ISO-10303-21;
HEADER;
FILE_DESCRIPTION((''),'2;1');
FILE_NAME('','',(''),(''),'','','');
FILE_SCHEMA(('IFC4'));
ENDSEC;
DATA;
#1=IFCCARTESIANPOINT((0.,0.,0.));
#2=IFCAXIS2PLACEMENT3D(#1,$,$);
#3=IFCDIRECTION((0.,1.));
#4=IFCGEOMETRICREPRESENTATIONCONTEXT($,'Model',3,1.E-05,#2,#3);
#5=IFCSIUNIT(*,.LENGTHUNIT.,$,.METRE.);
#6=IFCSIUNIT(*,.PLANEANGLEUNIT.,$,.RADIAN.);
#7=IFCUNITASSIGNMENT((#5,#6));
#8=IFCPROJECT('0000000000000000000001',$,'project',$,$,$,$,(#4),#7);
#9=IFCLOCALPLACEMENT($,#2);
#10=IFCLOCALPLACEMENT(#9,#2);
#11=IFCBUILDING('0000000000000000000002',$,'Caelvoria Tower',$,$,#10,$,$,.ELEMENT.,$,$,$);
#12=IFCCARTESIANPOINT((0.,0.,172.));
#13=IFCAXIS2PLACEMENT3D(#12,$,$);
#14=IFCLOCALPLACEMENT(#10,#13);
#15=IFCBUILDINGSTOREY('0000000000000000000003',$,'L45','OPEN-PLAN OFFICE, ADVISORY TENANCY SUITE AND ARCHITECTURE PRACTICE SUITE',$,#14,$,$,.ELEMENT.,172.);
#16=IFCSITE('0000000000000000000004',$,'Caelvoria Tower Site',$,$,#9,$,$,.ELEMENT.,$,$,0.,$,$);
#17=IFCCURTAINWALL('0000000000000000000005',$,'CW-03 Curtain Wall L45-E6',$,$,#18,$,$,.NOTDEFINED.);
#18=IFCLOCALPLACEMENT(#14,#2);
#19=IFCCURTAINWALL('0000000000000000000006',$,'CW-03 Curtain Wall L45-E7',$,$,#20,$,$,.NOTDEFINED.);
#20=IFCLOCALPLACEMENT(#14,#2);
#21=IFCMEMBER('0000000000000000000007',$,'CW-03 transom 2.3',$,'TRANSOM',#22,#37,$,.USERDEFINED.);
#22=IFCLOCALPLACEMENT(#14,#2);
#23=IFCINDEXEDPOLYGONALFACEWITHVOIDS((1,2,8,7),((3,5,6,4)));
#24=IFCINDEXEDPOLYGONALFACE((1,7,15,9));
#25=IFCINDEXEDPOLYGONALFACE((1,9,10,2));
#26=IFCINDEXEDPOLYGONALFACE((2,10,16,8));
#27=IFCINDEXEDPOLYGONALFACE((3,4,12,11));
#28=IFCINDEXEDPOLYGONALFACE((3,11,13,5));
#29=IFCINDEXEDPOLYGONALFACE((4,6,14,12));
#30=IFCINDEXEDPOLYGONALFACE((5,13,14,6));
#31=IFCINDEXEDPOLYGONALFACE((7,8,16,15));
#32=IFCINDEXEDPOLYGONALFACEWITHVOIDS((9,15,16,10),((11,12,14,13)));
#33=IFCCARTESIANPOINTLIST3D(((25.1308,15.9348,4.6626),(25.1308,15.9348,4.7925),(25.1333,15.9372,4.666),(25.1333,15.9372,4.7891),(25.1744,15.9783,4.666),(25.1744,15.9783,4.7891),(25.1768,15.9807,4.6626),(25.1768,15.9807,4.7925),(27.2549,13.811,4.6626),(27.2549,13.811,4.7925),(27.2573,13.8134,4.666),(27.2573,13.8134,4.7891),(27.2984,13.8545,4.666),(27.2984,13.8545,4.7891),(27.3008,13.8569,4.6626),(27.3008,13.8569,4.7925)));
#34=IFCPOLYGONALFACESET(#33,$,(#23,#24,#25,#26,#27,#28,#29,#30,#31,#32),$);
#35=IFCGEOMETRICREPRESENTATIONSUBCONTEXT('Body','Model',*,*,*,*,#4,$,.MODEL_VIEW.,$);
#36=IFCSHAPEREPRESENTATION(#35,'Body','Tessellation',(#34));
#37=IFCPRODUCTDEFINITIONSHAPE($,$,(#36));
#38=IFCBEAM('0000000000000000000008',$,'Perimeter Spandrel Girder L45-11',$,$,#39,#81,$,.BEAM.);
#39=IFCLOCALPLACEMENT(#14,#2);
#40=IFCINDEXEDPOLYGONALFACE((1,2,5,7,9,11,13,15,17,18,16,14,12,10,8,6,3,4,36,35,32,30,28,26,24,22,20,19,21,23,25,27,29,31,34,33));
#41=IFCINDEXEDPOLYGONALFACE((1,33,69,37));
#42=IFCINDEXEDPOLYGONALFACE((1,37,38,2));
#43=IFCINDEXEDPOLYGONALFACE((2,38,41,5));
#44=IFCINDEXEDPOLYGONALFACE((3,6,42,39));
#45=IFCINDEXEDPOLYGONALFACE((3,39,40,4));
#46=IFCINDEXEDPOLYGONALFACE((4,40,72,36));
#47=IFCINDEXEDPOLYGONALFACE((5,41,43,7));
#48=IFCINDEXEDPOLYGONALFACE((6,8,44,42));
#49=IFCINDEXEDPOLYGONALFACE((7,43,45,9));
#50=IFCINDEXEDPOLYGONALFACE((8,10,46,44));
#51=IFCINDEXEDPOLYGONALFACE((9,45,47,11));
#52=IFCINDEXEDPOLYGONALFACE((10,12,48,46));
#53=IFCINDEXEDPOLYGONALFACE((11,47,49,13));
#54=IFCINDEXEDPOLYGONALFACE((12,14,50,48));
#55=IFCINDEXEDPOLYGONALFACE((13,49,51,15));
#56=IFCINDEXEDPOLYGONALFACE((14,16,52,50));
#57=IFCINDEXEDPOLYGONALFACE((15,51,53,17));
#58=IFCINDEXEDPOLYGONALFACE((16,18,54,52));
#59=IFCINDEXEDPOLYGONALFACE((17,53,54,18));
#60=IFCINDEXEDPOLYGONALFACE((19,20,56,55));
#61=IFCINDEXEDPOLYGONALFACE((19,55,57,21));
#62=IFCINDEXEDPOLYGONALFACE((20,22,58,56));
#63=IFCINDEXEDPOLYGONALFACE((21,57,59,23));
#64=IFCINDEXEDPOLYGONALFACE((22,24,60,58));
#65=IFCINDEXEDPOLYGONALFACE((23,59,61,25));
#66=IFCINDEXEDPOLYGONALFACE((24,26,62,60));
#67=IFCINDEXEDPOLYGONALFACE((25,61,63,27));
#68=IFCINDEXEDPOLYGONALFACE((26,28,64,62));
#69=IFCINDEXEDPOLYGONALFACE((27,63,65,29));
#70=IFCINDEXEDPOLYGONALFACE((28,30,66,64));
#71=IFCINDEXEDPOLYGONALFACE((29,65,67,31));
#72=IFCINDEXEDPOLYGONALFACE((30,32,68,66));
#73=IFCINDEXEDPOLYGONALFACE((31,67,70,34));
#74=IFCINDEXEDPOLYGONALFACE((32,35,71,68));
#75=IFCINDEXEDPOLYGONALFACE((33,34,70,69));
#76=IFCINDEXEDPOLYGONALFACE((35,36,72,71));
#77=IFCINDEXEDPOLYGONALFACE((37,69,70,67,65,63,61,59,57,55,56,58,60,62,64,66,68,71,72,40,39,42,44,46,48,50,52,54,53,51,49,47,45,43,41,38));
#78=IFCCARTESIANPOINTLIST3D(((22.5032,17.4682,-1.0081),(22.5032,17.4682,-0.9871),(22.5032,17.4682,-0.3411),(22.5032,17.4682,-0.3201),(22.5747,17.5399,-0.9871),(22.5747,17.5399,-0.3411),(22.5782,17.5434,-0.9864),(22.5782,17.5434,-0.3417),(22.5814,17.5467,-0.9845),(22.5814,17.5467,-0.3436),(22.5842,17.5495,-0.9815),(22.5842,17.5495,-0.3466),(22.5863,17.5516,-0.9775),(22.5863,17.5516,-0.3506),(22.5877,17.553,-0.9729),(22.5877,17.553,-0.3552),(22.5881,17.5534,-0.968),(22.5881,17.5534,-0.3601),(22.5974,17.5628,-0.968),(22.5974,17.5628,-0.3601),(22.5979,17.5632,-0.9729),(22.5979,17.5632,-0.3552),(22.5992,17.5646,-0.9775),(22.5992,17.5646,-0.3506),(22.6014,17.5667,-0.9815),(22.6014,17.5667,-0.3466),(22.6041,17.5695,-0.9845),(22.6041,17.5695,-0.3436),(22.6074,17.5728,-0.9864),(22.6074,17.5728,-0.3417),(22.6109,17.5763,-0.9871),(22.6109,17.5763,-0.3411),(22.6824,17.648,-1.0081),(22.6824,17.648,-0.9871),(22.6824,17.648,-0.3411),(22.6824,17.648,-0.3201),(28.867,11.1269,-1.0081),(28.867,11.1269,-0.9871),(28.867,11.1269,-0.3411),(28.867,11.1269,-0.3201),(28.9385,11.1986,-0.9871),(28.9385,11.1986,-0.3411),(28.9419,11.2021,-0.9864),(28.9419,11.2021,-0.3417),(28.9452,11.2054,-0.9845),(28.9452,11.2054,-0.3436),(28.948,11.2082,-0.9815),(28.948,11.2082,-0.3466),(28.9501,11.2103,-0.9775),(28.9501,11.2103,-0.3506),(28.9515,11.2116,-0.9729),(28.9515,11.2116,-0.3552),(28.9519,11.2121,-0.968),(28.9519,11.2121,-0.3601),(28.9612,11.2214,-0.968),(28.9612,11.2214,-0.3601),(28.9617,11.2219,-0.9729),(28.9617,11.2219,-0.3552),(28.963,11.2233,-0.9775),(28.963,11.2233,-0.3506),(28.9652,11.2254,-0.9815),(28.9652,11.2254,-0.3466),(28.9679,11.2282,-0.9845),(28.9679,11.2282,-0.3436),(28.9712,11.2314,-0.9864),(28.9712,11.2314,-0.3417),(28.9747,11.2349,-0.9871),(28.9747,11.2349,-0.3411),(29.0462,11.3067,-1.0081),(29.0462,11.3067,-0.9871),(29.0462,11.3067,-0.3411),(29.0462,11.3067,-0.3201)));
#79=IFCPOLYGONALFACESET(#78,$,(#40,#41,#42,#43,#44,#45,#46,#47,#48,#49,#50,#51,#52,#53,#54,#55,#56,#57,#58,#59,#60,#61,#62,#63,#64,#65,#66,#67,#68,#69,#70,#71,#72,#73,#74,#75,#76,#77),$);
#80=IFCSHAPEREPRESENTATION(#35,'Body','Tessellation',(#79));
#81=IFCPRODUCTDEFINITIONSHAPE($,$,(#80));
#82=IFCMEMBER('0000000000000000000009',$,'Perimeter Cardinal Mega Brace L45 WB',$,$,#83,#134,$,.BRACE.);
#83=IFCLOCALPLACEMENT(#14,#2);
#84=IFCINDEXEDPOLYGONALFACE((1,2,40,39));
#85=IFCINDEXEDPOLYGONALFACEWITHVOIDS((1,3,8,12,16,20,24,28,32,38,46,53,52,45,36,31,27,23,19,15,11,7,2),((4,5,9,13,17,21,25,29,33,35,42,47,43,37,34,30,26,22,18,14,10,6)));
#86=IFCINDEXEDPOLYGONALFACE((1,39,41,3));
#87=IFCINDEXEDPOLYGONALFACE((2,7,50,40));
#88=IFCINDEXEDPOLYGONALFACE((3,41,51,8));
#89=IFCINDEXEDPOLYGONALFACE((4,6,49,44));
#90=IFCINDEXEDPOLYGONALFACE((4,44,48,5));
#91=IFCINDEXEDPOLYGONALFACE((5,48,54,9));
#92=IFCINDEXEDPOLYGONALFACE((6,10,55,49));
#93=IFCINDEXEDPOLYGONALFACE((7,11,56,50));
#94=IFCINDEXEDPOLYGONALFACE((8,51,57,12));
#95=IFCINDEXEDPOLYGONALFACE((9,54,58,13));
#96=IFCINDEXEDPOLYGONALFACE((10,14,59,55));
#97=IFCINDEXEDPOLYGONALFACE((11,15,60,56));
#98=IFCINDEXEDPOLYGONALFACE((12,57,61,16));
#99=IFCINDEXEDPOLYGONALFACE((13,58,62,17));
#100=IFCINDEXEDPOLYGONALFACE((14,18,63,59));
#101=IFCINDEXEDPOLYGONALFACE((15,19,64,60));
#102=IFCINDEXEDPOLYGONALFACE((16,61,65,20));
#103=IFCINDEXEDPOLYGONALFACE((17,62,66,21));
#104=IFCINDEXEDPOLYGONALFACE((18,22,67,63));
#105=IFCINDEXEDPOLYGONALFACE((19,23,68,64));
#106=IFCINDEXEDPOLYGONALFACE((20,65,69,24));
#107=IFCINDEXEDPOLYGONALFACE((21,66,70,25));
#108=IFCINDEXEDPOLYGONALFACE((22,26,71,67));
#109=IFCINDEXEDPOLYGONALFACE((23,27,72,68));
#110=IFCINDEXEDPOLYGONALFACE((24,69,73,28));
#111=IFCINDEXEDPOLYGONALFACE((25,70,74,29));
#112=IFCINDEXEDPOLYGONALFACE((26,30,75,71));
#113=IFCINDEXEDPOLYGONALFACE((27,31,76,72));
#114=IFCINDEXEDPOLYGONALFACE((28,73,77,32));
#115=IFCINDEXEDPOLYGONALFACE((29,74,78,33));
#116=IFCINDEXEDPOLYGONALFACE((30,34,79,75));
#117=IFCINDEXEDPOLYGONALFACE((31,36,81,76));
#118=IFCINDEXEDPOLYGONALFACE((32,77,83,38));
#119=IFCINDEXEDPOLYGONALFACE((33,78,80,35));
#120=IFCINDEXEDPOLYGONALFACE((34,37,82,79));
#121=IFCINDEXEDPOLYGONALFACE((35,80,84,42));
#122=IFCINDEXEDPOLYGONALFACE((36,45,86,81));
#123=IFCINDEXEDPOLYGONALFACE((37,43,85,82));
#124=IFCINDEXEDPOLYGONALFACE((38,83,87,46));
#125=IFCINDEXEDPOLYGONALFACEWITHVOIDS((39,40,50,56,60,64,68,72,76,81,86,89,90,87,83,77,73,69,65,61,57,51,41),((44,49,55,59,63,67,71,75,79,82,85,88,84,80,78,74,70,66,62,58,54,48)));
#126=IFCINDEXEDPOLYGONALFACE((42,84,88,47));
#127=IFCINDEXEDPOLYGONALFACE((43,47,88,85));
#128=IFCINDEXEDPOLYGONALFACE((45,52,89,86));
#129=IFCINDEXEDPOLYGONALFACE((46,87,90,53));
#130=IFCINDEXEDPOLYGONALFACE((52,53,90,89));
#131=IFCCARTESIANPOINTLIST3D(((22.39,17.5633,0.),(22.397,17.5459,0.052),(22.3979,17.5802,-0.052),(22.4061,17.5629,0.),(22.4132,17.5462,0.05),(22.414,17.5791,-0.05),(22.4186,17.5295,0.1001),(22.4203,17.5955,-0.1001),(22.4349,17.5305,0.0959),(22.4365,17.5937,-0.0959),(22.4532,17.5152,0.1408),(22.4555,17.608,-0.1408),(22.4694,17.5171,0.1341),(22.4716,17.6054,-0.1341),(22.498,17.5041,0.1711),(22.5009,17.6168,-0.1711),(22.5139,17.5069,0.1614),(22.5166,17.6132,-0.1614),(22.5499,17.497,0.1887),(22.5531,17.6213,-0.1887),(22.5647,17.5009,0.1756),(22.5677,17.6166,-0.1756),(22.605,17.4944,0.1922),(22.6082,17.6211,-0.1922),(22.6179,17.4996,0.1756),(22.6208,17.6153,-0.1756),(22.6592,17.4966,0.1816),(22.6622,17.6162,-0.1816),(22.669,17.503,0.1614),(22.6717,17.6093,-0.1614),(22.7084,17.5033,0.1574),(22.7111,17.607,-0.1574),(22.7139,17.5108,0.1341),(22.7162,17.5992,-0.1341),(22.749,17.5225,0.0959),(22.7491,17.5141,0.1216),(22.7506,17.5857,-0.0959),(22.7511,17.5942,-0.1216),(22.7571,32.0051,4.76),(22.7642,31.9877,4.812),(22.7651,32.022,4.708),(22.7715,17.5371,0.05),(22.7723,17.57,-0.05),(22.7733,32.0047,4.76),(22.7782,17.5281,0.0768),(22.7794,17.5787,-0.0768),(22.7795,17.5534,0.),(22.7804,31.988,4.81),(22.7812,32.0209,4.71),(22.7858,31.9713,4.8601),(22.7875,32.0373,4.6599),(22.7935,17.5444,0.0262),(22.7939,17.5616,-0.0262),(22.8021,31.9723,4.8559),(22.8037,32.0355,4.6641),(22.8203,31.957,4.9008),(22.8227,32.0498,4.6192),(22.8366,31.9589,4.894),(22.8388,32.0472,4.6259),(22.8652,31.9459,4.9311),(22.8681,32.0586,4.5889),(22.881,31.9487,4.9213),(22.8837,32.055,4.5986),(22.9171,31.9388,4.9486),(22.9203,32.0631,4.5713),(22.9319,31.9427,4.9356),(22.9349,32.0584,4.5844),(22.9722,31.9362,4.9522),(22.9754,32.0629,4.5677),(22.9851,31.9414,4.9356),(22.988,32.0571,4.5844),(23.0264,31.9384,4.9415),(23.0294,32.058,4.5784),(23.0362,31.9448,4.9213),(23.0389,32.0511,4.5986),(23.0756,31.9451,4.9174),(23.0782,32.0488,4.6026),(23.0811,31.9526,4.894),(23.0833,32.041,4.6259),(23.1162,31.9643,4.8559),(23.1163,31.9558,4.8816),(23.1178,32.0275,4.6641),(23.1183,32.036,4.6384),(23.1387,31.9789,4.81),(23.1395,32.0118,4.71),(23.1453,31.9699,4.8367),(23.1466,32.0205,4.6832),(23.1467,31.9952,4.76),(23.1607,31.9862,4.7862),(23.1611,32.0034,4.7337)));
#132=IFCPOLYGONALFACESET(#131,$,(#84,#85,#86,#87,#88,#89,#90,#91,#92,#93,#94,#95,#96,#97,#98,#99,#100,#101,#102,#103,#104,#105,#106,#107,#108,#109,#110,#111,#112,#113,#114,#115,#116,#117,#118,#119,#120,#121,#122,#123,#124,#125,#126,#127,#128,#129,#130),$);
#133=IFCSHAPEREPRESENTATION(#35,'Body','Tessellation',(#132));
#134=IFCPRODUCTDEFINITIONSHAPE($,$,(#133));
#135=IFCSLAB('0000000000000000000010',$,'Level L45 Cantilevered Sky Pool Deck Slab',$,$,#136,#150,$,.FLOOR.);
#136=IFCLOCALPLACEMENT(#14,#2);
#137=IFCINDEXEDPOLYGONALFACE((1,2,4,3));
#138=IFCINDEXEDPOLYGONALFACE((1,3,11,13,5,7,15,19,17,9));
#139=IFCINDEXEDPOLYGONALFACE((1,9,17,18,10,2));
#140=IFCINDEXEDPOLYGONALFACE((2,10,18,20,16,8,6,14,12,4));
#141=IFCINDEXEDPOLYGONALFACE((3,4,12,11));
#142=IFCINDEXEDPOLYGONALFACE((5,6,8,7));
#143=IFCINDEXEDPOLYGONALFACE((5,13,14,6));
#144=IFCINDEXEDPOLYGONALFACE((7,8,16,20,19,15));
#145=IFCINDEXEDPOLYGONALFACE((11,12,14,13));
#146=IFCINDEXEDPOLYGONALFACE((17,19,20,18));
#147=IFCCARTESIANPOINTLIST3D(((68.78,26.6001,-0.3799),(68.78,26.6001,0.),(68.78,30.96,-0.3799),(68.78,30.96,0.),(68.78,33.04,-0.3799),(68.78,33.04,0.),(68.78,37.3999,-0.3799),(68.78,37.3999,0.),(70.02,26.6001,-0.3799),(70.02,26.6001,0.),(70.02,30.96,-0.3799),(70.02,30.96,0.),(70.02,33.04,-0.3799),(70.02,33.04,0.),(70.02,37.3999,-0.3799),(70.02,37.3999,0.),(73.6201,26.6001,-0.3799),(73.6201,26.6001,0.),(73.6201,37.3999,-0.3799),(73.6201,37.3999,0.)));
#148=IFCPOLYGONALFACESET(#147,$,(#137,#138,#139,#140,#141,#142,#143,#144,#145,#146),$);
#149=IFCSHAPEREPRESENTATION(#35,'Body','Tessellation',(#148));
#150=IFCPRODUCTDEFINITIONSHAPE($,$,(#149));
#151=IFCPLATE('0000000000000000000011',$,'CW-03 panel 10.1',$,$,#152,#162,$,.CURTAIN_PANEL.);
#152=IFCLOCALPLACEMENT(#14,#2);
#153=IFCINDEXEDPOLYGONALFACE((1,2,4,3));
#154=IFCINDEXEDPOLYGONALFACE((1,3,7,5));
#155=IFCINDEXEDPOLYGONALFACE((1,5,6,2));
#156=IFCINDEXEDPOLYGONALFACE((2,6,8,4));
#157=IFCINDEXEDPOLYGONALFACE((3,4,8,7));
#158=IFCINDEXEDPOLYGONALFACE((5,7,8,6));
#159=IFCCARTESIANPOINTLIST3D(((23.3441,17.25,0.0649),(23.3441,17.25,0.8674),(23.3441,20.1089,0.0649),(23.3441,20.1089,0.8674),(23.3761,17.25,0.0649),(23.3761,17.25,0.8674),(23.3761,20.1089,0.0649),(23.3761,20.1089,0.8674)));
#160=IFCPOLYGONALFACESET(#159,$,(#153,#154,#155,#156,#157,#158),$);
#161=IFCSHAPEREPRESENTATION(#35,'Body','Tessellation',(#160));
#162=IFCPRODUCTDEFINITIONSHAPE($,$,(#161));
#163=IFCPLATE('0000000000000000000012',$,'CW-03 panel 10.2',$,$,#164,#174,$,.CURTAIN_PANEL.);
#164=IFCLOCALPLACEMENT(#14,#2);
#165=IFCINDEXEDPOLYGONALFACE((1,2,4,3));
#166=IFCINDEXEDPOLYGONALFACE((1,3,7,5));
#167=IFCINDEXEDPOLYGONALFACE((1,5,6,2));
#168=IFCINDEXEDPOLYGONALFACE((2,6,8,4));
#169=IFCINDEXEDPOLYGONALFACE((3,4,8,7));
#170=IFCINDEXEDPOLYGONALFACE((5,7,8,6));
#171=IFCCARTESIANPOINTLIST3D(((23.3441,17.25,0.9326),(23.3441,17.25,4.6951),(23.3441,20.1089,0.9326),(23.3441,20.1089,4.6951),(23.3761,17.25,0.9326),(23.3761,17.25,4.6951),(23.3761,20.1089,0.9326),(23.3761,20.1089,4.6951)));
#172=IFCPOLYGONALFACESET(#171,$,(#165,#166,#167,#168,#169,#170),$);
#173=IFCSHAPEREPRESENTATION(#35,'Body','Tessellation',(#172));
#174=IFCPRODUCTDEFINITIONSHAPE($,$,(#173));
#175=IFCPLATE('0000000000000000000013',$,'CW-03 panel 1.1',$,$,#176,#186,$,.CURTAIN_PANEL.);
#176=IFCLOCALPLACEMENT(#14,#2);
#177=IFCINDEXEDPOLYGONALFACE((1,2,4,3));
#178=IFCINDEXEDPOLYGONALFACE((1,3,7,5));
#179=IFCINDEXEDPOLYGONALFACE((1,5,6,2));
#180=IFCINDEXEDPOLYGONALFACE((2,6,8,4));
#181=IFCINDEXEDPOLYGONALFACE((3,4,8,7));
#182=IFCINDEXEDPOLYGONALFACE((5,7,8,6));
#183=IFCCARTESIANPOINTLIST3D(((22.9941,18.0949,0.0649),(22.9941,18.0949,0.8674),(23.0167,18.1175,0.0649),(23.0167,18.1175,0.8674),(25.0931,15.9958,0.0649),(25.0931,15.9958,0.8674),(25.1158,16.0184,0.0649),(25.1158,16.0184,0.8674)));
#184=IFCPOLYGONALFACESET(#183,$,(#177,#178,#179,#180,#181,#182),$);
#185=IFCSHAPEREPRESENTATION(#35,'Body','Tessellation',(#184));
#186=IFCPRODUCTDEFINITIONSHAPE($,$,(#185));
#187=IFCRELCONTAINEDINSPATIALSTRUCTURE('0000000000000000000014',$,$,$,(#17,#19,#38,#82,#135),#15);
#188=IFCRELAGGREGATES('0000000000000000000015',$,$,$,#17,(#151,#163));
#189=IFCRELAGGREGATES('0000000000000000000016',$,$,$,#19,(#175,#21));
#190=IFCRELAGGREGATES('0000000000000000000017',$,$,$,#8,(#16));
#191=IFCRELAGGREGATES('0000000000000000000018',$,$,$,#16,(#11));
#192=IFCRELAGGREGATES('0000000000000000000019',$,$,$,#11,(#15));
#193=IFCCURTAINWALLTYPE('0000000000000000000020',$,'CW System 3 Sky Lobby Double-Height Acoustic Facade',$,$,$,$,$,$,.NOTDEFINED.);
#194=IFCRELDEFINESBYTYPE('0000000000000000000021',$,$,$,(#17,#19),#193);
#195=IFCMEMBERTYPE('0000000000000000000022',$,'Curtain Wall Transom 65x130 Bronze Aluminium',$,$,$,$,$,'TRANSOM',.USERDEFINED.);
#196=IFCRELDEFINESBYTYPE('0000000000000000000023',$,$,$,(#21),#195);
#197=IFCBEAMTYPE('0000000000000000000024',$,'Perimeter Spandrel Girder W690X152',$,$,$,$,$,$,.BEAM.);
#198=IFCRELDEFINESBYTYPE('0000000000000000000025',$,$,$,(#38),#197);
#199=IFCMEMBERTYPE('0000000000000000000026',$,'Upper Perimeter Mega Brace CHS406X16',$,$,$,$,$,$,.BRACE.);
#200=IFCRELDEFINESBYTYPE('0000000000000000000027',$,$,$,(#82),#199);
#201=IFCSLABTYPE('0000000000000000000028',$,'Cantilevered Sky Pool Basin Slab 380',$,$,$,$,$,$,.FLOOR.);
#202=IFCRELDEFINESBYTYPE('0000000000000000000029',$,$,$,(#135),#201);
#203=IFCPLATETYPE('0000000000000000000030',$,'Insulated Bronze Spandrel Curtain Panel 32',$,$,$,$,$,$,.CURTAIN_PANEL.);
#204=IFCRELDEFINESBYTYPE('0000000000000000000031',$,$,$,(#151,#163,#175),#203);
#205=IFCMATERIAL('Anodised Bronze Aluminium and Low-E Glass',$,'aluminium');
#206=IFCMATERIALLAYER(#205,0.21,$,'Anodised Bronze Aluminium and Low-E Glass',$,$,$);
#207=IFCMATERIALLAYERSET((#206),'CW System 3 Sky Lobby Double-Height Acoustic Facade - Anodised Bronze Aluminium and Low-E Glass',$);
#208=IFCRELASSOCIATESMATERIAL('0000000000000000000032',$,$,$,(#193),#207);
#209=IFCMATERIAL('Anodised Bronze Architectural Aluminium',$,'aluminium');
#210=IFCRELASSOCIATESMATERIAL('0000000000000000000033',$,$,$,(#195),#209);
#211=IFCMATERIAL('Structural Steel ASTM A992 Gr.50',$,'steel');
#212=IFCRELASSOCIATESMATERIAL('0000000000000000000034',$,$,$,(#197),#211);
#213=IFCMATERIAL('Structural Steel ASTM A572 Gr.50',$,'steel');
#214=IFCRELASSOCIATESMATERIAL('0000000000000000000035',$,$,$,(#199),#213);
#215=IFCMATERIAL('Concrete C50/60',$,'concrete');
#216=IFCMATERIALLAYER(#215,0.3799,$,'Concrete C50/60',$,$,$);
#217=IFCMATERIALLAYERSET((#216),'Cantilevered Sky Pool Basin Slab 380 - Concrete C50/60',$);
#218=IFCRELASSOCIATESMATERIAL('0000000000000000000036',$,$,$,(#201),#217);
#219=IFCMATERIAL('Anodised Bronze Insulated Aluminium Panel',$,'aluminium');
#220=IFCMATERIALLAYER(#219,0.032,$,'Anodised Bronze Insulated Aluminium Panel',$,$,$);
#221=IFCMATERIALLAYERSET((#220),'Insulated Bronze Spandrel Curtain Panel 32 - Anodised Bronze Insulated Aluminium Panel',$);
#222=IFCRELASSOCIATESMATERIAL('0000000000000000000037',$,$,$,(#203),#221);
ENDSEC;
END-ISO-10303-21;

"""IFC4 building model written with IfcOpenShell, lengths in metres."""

from ifc_helpers import new_model, si_unit, direction, frame, origin, origin_2d, place, context, subcontext, project, spatial, polyline, rectangle, hollow_rectangle, hollow_circle, i_section, outline, extrude, material, layer, layer_set, material_profile, profile_set, type_object, element, aggregate, save


model = new_model("IFC4")

# Units and contexts
model_context = context("Model", 3, precision=1e-05, world=origin(), true_north=direction((0.0, 1.0)))
body_context = subcontext(model_context, "Body", "Model", "MODEL_VIEW")
ifc_project = project(units=[si_unit("LENGTHUNIT", "METRE"), si_unit("PLANEANGLEUNIT", "RADIAN")], contexts=[model_context])

# Site, building, storey
site_placement = place(None, origin())
site = spatial("IfcSite", under=ifc_project, at=site_placement, Name="Caelvoria Tower Site", CompositionType="ELEMENT", RefElevation=0.0)
building_placement = place(site_placement, origin())
building = spatial("IfcBuilding", under=site, at=building_placement, Name="Caelvoria Tower", CompositionType="ELEMENT")
storey_placement = place(building_placement, frame((0.0, 0.0, 172.0)))
storey = spatial("IfcBuildingStorey", under=building, at=storey_placement, Name="L45", Description="OPEN-PLAN OFFICE, ADVISORY TENANCY SUITE AND ARCHITECTURE PRACTICE SUITE", CompositionType="ELEMENT", Elevation=172.0)

# Shared definitions
ifc_material_1 = material(Name="Structural Steel ASTM A572 Gr.50", Category="steel")

# Curtain wall
ifc_material_2 = material(Name="Anodised Bronze Aluminium and Low-E Glass", Category="aluminium")
ifc_layer_1 = layer(ifc_material_2, 0.21, Name="Anodised Bronze Aluminium and Low-E Glass")
ifc_layer_set_1 = layer_set([ifc_layer_1], Name="CW System 3 Sky Lobby Double-Height Acoustic Facade - Anodised Bronze Aluminium and Low-E Glass")
curtain_wall_type = type_object("IfcCurtainWallType", Name="CW System 3 Sky Lobby Double-Height Acoustic Facade", PredefinedType="NOTDEFINED", material=ifc_layer_set_1)
curtain_wall_1_placement = place(storey_placement, origin())
curtain_wall_1 = element("IfcCurtainWall", 1, at=curtain_wall_1_placement, inside=storey, type_object=curtain_wall_type, Name="CW-03 Curtain Wall L45-E6", PredefinedType="NOTDEFINED")
ifc_material_3 = material(Name="Anodised Bronze Architectural Aluminium", Category="aluminium")

# Curtain wall
curtain_wall_2_placement = place(storey_placement, origin())
curtain_wall_2 = element("IfcCurtainWall", 2, at=curtain_wall_2_placement, inside=storey, type_object=curtain_wall_type, Name="CW-03 Curtain Wall L45-E7", PredefinedType="NOTDEFINED")

# Member
ifc_material_profile_1 = material_profile(ifc_material_3, hollow_rectangle(XDim=0.0649, YDim=0.1299, WallThickness=0.0034, at=origin_2d()), Name="Anodised Bronze Architectural Aluminium")
ifc_profile_set_1 = profile_set([ifc_material_profile_1], Name="CW_TRAN_65X130 - Anodised Bronze Architectural Aluminium")
member_type_1 = type_object("IfcMemberType", Name="Curtain Wall Transom 65x130 Bronze Aluminium", ElementType="TRANSOM", PredefinedType="USERDEFINED", material=ifc_profile_set_1)
member_1_placement = place(storey_placement, frame((25.1538, 15.9578, 4.7275), z_axis=(0.707147, -0.707066, 0.0), x_axis=(0.707066, 0.707147, 0.0)))
member_1 = element("IfcMember", 3, at=member_1_placement, type_object=member_type_1, Name="CW-03 transom 2.3", ObjectType="TRANSOM", PredefinedType="USERDEFINED", context=body_context, shape_type="SweptSolid", body=[
    extrude(hollow_rectangle(XDim=0.0649, YDim=0.1299, WallThickness=0.0034, at=origin_2d()), origin(), (0.0, 0.0, 1.0), 3.0037),
])

# Beam
ifc_material_4 = material(Name="Structural Steel ASTM A992 Gr.50", Category="steel")
ifc_material_profile_2 = material_profile(ifc_material_4, i_section(OverallWidth=0.2539, OverallDepth=0.688, WebThickness=0.0132, FlangeThickness=0.021, FilletRadius=0.019, at=origin_2d()), Name="Structural Steel ASTM A992 Gr.50")
ifc_profile_set_2 = profile_set([ifc_material_profile_2], Name="W690X152 - Structural Steel ASTM A992 Gr.50")
beam_type = type_object("IfcBeamType", Name="Perimeter Spandrel Girder W690X152", PredefinedType="BEAM", material=ifc_profile_set_2)
beam_placement = place(storey_placement, frame((22.5928, 17.5581, -0.6641), z_axis=(0.708356, -0.705856, 0.0), x_axis=(0.705856, 0.708356, 0.0)))
element("IfcBeam", 4, at=beam_placement, inside=storey, type_object=beam_type, Name="Perimeter Spandrel Girder L45-11", PredefinedType="BEAM", context=body_context, shape_type="SweptSolid", body=[
    extrude(i_section(OverallWidth=0.2539, OverallDepth=0.688, WebThickness=0.0132, FlangeThickness=0.021, FilletRadius=0.019, at=origin_2d()), origin(), (0.0, 0.0, 1.0), 8.9839),
])

# Member
ifc_material_profile_3 = material_profile(ifc_material_1, hollow_circle(Radius=0.2029, WallThickness=0.0161, at=origin_2d()), Name="Structural Steel ASTM A572 Gr.50")
ifc_profile_set_3 = profile_set([ifc_material_profile_3], Name="CHS406X16 - Structural Steel ASTM A572 Gr.50")
member_type_2 = type_object("IfcMemberType", Name="Upper Perimeter Mega Brace CHS406X16", PredefinedType="BRACE", material=ifc_profile_set_3)
member_2_placement = place(storey_placement, frame((22.5928, 17.5581, 0.0), z_axis=(0.02414, 0.949466, 0.312941), x_axis=(-0.999677, 0.025417, 0.0)))
element("IfcMember", 5, at=member_2_placement, inside=storey, type_object=member_type_2, Name="Perimeter Cardinal Mega Brace L45 WB", PredefinedType="BRACE", context=body_context, shape_type="SweptSolid", body=[
    extrude(hollow_circle(Radius=0.2029, WallThickness=0.0161, at=origin_2d()), origin(), (0.0, 0.0, 1.0), 15.2104),
])

# Slab
ifc_material_5 = material(Name="Concrete C50/60", Category="concrete")
ifc_layer_2 = layer(ifc_material_5, 0.3799, Name="Concrete C50/60")
ifc_layer_set_2 = layer_set([ifc_layer_2], Name="Cantilevered Sky Pool Basin Slab 380 - Concrete C50/60")
slab_type_1 = type_object("IfcSlabType", Name="Cantilevered Sky Pool Basin Slab 380", PredefinedType="FLOOR", material=ifc_layer_set_2)
slab_1_placement = place(storey_placement, frame((0.0, 0.0, -0.3799)))
element("IfcSlab", 6, at=slab_1_placement, inside=storey, type_object=slab_type_1, Name="Level L45 Cantilevered Sky Pool Deck Slab", PredefinedType="FLOOR", context=body_context, shape_type="SweptSolid", body=[
    extrude(outline(polyline([(70.02, 37.3999), (68.78, 37.3999), (68.78, 33.04), (70.02, 33.04), (70.02, 30.96), (68.78, 30.96), (68.78, 26.6001), (70.02, 26.6001), (73.6201, 26.6001), (73.6201, 37.3999), (70.02, 37.3999)])), origin(), (0.0, 0.0, 1.0), 0.3799),
])

# Plates
ifc_material_6 = material(Name="Anodised Bronze Insulated Aluminium Panel", Category="aluminium")
ifc_layer_3 = layer(ifc_material_6, 0.032, Name="Anodised Bronze Insulated Aluminium Panel")
ifc_layer_set_3 = layer_set([ifc_layer_3], Name="Insulated Bronze Spandrel Curtain Panel 32 - Anodised Bronze Insulated Aluminium Panel")
plate_type_1 = type_object("IfcPlateType", Name="Insulated Bronze Spandrel Curtain Panel 32", PredefinedType="CURTAIN_PANEL", material=ifc_layer_set_3)
plate_1_placement = place(storey_placement, frame((23.3601, 18.6794, 0.0649), z_axis=(0.0, 0.0, 1.0), x_axis=(0.0, -1.0, 0.0)))
plate_1 = element("IfcPlate", 7, at=plate_1_placement, type_object=plate_type_1, Name="CW-03 panel 10.1", PredefinedType="CURTAIN_PANEL", context=body_context, shape_type="SweptSolid", body=[
    extrude(rectangle(XDim=2.8589, YDim=0.032, at=origin_2d()), origin(), (0.0, 0.0, 1.0), 0.8025),
])
plate_2_placement = place(storey_placement, frame((23.3601, 18.6794, 0.9326), z_axis=(0.0, 0.0, 1.0), x_axis=(0.0, -1.0, 0.0)))
plate_2 = element("IfcPlate", 8, at=plate_2_placement, type_object=plate_type_1, Name="CW-03 panel 10.2", PredefinedType="CURTAIN_PANEL", context=body_context, shape_type="SweptSolid", body=[
    extrude(rectangle(XDim=2.8589, YDim=0.032, at=origin_2d()), origin(), (0.0, 0.0, 1.0), 3.7625),
])
aggregate(curtain_wall_1, [plate_1, plate_2])
plate_3_placement = place(storey_placement, frame((24.0549, 17.0566, 0.0649), z_axis=(0.0, 0.0, 1.0), x_axis=(0.707107, -0.707107, 0.0)))
plate_3 = element("IfcPlate", 9, at=plate_3_placement, type_object=plate_type_1, Name="CW-03 panel 1.1", PredefinedType="CURTAIN_PANEL", context=body_context, shape_type="SweptSolid", body=[
    extrude(rectangle(XDim=2.9685, YDim=0.032, at=origin_2d()), origin(), (0.0, 0.0, 1.0), 0.8025),
])
aggregate(curtain_wall_2, [plate_3, member_1])

save(model, "model.ifc")
